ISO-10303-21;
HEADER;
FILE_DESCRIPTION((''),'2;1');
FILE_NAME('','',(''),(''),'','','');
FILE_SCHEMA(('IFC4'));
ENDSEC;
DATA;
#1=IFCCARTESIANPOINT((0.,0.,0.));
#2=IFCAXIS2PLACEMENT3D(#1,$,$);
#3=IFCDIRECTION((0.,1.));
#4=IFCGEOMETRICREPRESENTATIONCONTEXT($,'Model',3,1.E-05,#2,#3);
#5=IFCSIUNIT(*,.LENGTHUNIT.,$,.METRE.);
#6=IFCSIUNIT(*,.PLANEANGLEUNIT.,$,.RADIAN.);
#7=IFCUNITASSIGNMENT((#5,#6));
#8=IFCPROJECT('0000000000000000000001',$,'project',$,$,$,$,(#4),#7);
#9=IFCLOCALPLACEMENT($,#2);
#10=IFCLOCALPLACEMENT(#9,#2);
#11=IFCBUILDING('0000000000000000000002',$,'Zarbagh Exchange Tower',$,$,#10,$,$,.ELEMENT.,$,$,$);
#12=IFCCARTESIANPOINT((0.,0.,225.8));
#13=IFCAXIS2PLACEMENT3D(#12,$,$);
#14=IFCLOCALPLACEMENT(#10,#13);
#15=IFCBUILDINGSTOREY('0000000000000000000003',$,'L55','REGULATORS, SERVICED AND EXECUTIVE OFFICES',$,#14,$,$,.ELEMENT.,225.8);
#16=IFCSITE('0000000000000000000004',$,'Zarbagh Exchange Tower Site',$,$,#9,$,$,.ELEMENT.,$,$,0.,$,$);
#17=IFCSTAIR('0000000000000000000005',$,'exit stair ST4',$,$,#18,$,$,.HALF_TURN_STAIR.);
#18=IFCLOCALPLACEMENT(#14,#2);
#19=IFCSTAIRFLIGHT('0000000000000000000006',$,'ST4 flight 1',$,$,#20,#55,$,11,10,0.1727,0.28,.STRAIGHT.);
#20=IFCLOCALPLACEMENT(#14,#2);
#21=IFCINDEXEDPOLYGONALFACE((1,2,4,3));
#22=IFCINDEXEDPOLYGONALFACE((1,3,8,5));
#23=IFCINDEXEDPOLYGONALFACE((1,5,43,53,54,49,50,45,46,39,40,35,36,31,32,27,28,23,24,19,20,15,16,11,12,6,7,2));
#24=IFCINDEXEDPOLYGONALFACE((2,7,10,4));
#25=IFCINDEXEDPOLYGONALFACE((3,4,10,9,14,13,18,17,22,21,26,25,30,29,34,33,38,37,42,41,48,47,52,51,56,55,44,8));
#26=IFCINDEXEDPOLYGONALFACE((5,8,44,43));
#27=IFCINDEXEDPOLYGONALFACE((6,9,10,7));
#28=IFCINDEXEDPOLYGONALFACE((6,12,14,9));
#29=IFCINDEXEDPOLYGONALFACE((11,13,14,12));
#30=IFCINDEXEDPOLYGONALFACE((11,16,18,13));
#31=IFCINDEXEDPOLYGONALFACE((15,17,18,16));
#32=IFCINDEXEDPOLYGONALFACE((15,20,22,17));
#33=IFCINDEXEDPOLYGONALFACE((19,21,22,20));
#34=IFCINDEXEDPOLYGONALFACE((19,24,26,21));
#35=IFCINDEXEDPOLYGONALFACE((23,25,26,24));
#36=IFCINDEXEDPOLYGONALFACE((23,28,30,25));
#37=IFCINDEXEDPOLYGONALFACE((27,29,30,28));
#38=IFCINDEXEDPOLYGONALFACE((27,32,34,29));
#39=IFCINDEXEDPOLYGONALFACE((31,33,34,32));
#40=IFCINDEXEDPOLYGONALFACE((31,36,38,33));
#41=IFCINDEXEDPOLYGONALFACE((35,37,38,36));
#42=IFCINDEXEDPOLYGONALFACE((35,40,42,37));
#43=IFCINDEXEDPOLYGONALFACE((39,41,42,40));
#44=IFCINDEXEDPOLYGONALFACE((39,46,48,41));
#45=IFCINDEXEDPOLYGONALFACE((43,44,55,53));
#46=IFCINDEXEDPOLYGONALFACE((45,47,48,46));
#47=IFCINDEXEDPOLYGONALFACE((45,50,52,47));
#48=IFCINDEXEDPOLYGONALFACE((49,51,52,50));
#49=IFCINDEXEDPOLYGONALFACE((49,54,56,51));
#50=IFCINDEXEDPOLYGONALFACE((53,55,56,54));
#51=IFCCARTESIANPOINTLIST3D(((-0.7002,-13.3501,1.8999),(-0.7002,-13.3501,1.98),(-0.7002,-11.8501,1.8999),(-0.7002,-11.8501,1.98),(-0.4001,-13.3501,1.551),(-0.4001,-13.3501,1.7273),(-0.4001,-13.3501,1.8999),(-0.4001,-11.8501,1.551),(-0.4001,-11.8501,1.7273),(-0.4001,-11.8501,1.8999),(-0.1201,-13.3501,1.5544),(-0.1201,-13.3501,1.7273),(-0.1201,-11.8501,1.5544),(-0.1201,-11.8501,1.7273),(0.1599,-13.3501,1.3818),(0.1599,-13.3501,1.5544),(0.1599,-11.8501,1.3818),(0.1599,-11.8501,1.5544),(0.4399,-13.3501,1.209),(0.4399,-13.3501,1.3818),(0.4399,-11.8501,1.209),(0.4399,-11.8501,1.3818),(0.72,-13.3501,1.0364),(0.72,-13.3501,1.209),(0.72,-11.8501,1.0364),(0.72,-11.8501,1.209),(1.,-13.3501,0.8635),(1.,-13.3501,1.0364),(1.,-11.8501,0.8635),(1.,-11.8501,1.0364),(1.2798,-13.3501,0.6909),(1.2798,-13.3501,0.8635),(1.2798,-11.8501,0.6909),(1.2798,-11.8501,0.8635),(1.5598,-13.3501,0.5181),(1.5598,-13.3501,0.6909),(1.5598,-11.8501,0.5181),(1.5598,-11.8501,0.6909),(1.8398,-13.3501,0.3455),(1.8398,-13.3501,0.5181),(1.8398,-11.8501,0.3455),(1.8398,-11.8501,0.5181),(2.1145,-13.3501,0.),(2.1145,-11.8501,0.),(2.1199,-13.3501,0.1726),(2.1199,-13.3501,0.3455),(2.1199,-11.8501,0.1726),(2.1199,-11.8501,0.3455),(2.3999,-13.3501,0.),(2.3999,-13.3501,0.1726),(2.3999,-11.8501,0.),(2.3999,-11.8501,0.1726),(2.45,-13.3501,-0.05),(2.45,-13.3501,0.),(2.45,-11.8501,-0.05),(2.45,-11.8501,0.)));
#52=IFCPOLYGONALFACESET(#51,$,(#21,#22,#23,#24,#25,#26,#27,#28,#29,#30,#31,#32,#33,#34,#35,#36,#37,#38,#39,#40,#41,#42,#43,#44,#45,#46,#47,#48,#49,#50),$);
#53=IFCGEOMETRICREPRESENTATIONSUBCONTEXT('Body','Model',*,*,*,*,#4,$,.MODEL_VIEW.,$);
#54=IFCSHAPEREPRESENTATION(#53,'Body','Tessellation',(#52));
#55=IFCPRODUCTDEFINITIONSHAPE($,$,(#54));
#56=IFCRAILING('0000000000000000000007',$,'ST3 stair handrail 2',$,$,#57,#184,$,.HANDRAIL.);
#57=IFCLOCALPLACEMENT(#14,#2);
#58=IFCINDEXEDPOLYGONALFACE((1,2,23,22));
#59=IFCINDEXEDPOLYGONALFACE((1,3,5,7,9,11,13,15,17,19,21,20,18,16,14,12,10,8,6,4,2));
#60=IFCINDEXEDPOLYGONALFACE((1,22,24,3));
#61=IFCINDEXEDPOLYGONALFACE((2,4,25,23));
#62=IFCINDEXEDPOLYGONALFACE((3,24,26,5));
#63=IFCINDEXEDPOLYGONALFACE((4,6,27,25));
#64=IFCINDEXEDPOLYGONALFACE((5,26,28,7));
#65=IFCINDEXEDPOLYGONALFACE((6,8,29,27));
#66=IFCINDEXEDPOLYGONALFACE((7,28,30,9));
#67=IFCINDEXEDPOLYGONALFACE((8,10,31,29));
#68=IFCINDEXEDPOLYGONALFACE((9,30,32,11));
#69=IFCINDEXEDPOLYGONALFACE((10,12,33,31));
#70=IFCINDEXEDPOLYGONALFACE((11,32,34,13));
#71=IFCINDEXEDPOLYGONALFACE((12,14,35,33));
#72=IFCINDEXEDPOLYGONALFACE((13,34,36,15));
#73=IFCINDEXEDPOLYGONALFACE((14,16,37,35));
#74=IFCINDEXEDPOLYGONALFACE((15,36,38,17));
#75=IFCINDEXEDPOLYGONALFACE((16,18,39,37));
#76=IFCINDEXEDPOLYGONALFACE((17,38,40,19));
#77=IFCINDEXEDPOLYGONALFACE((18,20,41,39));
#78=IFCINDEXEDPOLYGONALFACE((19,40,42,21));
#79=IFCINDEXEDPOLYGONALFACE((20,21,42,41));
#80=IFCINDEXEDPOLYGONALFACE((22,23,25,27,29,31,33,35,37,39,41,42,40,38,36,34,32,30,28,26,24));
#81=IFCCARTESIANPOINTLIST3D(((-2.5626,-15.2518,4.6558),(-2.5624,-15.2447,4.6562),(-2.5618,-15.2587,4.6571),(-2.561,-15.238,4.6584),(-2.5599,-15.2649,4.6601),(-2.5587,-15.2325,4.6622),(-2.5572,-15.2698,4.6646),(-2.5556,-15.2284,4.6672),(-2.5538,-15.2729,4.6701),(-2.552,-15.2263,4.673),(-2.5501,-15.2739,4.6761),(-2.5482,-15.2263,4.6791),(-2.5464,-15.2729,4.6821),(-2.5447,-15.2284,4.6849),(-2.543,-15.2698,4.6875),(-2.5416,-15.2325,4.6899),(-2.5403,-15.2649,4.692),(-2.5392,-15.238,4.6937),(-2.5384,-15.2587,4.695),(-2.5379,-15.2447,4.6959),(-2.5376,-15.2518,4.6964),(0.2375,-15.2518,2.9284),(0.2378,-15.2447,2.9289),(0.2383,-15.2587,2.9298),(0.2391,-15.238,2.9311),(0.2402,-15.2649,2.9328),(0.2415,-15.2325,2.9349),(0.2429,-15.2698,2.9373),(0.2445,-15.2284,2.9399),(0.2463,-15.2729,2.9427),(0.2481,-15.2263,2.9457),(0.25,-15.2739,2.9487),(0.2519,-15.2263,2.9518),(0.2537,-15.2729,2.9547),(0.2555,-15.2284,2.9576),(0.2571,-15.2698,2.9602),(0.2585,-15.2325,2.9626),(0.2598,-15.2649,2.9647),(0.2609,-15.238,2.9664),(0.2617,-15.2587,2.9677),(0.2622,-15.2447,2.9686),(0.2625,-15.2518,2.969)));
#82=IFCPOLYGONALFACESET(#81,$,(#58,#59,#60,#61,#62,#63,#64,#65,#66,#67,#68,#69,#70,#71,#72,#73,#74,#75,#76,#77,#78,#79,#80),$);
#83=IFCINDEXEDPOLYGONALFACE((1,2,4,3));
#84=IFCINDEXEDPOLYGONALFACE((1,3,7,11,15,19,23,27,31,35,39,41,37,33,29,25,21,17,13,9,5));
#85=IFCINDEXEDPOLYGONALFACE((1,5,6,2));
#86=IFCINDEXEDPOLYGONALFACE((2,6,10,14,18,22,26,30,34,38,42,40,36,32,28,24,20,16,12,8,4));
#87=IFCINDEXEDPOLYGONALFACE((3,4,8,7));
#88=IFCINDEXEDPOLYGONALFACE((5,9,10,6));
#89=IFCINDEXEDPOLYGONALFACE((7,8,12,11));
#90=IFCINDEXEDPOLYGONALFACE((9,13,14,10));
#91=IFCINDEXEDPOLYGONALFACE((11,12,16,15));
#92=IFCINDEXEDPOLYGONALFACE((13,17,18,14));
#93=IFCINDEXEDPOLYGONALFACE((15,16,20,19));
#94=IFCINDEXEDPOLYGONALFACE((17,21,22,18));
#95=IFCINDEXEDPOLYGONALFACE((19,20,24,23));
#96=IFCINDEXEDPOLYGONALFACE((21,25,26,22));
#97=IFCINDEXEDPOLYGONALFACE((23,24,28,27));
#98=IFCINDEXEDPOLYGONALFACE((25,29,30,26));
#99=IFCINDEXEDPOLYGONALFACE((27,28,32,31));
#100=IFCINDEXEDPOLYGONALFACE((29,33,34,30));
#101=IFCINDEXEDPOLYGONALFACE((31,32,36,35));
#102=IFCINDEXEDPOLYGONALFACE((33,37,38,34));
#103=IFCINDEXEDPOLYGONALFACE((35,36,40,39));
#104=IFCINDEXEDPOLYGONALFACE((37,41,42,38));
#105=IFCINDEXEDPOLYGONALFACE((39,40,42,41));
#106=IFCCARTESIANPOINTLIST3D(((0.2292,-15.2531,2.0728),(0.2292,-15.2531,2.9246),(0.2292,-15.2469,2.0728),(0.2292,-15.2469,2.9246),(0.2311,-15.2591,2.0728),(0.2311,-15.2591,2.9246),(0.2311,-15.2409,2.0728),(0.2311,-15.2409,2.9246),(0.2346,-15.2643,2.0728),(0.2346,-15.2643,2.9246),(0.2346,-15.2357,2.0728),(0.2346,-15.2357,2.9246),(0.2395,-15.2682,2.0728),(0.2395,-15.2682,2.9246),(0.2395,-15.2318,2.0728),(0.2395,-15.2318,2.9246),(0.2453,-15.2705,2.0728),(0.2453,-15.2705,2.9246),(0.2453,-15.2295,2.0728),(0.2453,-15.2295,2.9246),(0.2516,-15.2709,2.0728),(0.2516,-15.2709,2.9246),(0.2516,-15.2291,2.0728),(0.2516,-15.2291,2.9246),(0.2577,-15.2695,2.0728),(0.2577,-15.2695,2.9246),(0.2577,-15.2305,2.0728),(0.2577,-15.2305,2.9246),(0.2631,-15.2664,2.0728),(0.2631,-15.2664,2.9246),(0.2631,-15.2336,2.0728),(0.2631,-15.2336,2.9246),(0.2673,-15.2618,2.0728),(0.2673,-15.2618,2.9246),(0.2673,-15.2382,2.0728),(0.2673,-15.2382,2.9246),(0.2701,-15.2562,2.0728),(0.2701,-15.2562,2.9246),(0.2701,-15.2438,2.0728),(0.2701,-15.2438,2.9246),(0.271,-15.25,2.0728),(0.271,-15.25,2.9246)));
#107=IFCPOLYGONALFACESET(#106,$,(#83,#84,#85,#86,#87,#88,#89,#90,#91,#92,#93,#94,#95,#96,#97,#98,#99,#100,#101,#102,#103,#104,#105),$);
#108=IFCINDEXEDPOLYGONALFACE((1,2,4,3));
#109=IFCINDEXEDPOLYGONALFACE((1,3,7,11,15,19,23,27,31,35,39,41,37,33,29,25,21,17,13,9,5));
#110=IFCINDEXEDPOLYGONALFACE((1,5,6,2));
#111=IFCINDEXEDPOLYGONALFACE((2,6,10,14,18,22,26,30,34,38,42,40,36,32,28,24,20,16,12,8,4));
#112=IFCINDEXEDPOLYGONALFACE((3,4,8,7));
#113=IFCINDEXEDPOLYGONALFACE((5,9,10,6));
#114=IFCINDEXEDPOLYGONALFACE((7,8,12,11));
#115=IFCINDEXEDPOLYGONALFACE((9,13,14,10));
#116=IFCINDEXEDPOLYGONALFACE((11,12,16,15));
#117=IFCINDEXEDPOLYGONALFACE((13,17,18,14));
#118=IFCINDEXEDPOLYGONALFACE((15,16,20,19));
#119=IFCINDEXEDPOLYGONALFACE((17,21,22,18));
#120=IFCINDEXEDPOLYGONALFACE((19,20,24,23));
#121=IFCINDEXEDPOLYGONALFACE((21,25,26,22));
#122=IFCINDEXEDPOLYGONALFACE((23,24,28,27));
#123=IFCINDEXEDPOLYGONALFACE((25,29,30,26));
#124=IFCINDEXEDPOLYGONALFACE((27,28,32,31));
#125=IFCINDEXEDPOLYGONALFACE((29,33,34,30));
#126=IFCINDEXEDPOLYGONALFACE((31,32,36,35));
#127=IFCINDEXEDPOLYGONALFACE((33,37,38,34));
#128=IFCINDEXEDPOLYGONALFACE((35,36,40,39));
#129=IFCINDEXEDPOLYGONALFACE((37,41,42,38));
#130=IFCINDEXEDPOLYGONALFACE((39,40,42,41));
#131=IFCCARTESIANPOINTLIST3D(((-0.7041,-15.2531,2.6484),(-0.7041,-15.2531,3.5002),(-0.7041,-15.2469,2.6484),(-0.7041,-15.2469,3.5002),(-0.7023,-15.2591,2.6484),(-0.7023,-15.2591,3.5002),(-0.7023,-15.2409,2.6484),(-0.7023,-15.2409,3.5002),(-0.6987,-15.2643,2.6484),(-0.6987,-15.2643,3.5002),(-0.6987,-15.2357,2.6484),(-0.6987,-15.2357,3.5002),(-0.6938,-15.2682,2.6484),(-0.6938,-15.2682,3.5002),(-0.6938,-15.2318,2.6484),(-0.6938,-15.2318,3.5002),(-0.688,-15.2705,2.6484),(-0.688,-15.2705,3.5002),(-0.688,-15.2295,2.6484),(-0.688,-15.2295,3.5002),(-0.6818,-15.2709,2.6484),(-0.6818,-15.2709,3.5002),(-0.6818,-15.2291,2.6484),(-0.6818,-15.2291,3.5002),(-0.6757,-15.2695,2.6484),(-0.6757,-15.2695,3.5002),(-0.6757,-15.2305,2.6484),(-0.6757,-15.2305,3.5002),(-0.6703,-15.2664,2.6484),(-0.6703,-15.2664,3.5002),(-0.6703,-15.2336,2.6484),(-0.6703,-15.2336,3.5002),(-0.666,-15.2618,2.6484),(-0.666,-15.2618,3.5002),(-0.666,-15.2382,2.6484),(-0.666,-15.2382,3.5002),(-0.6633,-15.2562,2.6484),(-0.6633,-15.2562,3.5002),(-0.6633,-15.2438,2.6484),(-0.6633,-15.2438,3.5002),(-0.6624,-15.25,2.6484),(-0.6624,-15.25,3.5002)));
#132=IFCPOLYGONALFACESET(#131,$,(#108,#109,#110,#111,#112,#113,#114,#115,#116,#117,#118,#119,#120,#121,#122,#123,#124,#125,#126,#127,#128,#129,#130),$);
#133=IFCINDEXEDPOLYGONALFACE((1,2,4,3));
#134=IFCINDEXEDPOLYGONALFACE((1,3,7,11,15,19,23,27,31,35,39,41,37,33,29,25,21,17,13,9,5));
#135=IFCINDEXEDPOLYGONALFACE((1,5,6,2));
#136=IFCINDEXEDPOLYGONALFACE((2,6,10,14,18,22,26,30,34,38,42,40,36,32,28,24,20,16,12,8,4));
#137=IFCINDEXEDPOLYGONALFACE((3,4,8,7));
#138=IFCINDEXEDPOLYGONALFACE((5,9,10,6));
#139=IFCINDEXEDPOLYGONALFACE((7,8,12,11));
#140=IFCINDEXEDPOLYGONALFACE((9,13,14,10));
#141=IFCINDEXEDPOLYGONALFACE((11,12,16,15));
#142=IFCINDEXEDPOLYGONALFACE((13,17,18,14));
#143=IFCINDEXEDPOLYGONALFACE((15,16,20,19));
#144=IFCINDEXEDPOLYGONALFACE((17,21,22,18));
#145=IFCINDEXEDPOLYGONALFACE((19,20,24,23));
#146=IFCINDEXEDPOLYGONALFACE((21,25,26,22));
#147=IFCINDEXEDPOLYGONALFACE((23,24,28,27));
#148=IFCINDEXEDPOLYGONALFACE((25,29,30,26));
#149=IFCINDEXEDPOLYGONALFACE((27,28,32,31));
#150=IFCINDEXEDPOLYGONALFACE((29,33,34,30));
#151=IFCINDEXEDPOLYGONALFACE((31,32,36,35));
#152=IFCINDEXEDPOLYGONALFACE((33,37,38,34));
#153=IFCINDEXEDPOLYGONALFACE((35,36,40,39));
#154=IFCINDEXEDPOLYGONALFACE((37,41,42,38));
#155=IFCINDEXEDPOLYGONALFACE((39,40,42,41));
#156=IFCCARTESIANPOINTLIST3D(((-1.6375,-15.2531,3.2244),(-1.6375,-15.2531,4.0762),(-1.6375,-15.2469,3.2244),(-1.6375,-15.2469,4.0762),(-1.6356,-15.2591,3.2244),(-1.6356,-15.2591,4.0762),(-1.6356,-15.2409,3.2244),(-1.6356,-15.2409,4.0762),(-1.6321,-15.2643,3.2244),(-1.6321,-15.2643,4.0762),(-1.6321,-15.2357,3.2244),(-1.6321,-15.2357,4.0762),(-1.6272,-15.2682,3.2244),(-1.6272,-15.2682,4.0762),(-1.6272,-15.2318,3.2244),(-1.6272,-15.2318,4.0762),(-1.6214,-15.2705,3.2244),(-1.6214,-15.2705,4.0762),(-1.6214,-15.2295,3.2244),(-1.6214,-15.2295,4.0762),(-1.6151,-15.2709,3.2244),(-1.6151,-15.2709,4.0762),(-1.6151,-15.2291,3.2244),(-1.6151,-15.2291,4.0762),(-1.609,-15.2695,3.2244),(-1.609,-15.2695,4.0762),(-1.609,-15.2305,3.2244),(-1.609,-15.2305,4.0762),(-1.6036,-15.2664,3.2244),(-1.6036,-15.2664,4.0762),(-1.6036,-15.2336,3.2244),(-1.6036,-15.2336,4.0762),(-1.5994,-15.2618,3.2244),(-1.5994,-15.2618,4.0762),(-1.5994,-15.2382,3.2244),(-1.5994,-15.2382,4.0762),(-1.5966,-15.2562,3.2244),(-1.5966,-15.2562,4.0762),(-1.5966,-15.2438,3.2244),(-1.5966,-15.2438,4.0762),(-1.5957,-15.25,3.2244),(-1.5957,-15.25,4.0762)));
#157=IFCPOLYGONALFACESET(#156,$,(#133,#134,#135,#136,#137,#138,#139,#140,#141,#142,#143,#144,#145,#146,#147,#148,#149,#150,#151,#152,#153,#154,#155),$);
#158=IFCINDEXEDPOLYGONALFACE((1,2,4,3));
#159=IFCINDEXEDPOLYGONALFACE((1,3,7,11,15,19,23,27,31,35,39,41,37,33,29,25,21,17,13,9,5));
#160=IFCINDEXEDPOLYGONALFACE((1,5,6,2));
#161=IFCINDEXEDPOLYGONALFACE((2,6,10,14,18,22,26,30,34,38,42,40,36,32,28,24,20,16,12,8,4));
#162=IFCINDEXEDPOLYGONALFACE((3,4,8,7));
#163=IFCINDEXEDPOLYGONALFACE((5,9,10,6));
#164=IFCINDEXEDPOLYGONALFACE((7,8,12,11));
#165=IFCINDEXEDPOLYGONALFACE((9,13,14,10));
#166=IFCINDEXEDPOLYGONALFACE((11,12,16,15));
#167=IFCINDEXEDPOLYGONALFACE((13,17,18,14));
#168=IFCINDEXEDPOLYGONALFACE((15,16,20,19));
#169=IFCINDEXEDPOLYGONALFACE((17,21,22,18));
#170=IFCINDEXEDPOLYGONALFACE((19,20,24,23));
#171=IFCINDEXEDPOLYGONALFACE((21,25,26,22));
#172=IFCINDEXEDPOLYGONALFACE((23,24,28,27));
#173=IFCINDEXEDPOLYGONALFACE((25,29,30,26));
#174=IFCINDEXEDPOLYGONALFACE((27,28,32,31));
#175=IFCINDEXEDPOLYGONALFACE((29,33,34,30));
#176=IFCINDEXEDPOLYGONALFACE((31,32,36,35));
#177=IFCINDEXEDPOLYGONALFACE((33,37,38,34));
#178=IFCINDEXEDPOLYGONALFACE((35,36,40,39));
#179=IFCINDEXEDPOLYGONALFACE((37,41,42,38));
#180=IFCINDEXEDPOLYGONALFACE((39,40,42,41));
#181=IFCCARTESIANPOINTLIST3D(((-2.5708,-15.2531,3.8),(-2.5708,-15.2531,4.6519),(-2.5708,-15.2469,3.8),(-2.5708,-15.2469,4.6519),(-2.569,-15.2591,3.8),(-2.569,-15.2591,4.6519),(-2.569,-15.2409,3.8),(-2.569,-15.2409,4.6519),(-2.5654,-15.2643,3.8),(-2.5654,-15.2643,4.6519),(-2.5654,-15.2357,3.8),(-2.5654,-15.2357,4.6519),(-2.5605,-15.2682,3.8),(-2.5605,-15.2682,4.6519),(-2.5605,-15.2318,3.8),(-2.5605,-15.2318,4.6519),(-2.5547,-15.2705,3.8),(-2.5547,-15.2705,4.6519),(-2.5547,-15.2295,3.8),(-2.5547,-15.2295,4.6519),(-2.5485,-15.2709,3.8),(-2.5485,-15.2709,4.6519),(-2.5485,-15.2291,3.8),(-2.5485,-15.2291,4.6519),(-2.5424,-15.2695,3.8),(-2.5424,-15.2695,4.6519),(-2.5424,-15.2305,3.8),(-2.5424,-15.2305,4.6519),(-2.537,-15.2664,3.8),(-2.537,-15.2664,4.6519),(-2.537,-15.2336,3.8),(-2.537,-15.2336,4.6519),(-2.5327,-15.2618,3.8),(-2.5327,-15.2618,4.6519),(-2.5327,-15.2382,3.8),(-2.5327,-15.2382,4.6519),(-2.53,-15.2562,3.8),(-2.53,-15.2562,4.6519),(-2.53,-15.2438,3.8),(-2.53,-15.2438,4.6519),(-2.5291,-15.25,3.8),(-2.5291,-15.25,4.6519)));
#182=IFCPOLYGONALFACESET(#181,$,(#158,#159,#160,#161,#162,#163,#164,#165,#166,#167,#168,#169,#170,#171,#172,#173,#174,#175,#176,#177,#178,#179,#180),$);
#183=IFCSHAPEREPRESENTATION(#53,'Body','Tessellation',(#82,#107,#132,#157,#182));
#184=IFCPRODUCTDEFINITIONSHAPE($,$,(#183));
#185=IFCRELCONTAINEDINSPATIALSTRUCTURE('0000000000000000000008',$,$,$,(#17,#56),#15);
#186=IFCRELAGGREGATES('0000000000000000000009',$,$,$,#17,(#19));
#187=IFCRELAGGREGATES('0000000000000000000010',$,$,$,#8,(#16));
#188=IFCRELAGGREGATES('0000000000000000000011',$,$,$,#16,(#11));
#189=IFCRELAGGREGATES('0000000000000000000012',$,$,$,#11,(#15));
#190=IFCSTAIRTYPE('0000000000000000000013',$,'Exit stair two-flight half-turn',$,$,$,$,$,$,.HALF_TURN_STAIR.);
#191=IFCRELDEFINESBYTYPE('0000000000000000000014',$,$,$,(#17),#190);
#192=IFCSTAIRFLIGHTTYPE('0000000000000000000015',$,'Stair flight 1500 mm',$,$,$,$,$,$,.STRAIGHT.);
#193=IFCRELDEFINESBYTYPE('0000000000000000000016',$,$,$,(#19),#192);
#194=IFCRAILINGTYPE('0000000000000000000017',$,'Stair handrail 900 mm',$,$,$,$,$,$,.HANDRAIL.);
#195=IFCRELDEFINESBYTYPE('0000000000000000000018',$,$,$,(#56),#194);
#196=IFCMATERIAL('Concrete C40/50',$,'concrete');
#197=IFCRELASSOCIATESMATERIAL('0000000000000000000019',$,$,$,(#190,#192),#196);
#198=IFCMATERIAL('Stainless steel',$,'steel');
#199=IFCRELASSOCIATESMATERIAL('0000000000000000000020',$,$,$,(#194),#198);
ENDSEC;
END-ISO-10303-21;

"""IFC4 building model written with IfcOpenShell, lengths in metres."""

from ifc_helpers import new_model, si_unit, direction, frame, origin, origin_2d, place, context, subcontext, project, spatial, polyline, circle, outline, extrude, material, type_object, element, aggregate, save


model = new_model("IFC4")

# Units and contexts
model_context = context("Model", 3, precision=1e-05, world=origin(), true_north=direction((0.0, 1.0)))
body_context = subcontext(model_context, "Body", "Model", "MODEL_VIEW")
ifc_project = project(units=[si_unit("LENGTHUNIT", "METRE"), si_unit("PLANEANGLEUNIT", "RADIAN")], contexts=[model_context])

# Site, building, storey
site_placement = place(None, origin())
site = spatial("IfcSite", under=ifc_project, at=site_placement, Name="Zarbagh Exchange Tower Site", CompositionType="ELEMENT", RefElevation=0.0)
building_placement = place(site_placement, origin())
building = spatial("IfcBuilding", under=site, at=building_placement, Name="Zarbagh Exchange Tower", CompositionType="ELEMENT")
storey_placement = place(building_placement, frame((0.0, 0.0, 225.8)))
storey = spatial("IfcBuildingStorey", under=building, at=storey_placement, Name="L55", Description="REGULATORS, SERVICED AND EXECUTIVE OFFICES", CompositionType="ELEMENT", Elevation=225.8)

# Shared definitions
ifc_material_1 = material(Name="Stainless steel", Category="steel")

# Shared definitions
ifc_material_2 = material(Name="Concrete C40/50", Category="concrete")

# Stair, stair flight
stair_type = type_object("IfcStairType", Name="Exit stair two-flight half-turn", PredefinedType="HALF_TURN_STAIR", material=ifc_material_2)
stair_1_placement = place(storey_placement, origin())
stair_1 = element("IfcStair", 1, at=stair_1_placement, inside=storey, type_object=stair_type, Name="exit stair ST4", PredefinedType="HALF_TURN_STAIR")
stair_flight_type_1 = type_object("IfcStairFlightType", Name="Stair flight 1500 mm", PredefinedType="STRAIGHT", material=ifc_material_2)
stair_flight_1_placement = place(storey_placement, frame((2.3999, -12.6001, 0.0), z_axis=(0.0, 0.0, 1.0), x_axis=(-1.0, 0.0, 0.0)))
stair_flight_1 = element("IfcStairFlight", 2, at=stair_flight_1_placement, type_object=stair_flight_type_1, Name="ST4 flight 1", NumberOfRisers=11, NumberOfTreads=10, PredefinedType="STRAIGHT", RiserHeight=0.1727, TreadLength=0.28, context=body_context, shape_type="SweptSolid", body=[
    extrude(outline(polyline([(-0.05, -0.05), (-0.05, 0.0), (0.0, 0.0), (0.0, 0.1726), (0.28, 0.1726), (0.28, 0.3455), (0.5601, 0.3455), (0.5601, 0.5181), (0.8401, 0.5181), (0.8401, 0.6909), (1.1201, 0.6909), (1.1201, 0.8635), (1.3999, 0.8635), (1.3999, 1.0364), (1.6799, 1.0364), (1.6799, 1.209), (1.96, 1.209), (1.96, 1.3818), (2.24, 1.3818), (2.24, 1.5544), (2.52, 1.5544), (2.52, 1.7273), (2.8, 1.7273), (2.8, 1.8999), (3.1001, 1.98), (3.1001, 1.8999), (2.8, 1.551), (0.2854, 0.0), (-0.05, -0.05)])), frame((0.0, 0.75, 0.0), z_axis=(0.0, -1.0, 0.0), x_axis=(1.0, 0.0, 0.0)), (0.0, 0.0, 1.0), 1.5),
])
aggregate(stair_1, [stair_flight_1])

# Railing
railing_type_1 = type_object("IfcRailingType", Name="Stair handrail 900 mm", PredefinedType="HANDRAIL", material=ifc_material_1)
railing_1_placement = place(storey_placement, frame((0.25, -15.25, 2.0728)))
element("IfcRailing", 3, at=railing_1_placement, inside=storey, type_object=railing_type_1, Name="ST3 stair handrail 2", PredefinedType="HANDRAIL", context=body_context, shape_type="SweptSolid", body=[
    extrude(circle(Radius=0.0239, at=origin_2d()), frame((0.0, 0.0, 0.876), z_axis=(-0.85109, 0.0, 0.52502), x_axis=(0.0, -1.0, 0.0)), (0.0, 0.0, 1.0), 3.29),
    extrude(circle(Radius=0.021, at=origin_2d()), origin(), (0.0, 0.0, 1.0), 0.8518),
    extrude(circle(Radius=0.021, at=origin_2d()), frame((-0.9333, 0.0, 0.5757)), (0.0, 0.0, 1.0), 0.8518),
    extrude(circle(Radius=0.021, at=origin_2d()), frame((-1.8667, 0.0, 1.1516)), (0.0, 0.0, 1.0), 0.8518),
    extrude(circle(Radius=0.021, at=origin_2d()), frame((-2.8, 0.0, 1.7273)), (0.0, 0.0, 1.0), 0.8518),
])

save(model, "model.ifc")
